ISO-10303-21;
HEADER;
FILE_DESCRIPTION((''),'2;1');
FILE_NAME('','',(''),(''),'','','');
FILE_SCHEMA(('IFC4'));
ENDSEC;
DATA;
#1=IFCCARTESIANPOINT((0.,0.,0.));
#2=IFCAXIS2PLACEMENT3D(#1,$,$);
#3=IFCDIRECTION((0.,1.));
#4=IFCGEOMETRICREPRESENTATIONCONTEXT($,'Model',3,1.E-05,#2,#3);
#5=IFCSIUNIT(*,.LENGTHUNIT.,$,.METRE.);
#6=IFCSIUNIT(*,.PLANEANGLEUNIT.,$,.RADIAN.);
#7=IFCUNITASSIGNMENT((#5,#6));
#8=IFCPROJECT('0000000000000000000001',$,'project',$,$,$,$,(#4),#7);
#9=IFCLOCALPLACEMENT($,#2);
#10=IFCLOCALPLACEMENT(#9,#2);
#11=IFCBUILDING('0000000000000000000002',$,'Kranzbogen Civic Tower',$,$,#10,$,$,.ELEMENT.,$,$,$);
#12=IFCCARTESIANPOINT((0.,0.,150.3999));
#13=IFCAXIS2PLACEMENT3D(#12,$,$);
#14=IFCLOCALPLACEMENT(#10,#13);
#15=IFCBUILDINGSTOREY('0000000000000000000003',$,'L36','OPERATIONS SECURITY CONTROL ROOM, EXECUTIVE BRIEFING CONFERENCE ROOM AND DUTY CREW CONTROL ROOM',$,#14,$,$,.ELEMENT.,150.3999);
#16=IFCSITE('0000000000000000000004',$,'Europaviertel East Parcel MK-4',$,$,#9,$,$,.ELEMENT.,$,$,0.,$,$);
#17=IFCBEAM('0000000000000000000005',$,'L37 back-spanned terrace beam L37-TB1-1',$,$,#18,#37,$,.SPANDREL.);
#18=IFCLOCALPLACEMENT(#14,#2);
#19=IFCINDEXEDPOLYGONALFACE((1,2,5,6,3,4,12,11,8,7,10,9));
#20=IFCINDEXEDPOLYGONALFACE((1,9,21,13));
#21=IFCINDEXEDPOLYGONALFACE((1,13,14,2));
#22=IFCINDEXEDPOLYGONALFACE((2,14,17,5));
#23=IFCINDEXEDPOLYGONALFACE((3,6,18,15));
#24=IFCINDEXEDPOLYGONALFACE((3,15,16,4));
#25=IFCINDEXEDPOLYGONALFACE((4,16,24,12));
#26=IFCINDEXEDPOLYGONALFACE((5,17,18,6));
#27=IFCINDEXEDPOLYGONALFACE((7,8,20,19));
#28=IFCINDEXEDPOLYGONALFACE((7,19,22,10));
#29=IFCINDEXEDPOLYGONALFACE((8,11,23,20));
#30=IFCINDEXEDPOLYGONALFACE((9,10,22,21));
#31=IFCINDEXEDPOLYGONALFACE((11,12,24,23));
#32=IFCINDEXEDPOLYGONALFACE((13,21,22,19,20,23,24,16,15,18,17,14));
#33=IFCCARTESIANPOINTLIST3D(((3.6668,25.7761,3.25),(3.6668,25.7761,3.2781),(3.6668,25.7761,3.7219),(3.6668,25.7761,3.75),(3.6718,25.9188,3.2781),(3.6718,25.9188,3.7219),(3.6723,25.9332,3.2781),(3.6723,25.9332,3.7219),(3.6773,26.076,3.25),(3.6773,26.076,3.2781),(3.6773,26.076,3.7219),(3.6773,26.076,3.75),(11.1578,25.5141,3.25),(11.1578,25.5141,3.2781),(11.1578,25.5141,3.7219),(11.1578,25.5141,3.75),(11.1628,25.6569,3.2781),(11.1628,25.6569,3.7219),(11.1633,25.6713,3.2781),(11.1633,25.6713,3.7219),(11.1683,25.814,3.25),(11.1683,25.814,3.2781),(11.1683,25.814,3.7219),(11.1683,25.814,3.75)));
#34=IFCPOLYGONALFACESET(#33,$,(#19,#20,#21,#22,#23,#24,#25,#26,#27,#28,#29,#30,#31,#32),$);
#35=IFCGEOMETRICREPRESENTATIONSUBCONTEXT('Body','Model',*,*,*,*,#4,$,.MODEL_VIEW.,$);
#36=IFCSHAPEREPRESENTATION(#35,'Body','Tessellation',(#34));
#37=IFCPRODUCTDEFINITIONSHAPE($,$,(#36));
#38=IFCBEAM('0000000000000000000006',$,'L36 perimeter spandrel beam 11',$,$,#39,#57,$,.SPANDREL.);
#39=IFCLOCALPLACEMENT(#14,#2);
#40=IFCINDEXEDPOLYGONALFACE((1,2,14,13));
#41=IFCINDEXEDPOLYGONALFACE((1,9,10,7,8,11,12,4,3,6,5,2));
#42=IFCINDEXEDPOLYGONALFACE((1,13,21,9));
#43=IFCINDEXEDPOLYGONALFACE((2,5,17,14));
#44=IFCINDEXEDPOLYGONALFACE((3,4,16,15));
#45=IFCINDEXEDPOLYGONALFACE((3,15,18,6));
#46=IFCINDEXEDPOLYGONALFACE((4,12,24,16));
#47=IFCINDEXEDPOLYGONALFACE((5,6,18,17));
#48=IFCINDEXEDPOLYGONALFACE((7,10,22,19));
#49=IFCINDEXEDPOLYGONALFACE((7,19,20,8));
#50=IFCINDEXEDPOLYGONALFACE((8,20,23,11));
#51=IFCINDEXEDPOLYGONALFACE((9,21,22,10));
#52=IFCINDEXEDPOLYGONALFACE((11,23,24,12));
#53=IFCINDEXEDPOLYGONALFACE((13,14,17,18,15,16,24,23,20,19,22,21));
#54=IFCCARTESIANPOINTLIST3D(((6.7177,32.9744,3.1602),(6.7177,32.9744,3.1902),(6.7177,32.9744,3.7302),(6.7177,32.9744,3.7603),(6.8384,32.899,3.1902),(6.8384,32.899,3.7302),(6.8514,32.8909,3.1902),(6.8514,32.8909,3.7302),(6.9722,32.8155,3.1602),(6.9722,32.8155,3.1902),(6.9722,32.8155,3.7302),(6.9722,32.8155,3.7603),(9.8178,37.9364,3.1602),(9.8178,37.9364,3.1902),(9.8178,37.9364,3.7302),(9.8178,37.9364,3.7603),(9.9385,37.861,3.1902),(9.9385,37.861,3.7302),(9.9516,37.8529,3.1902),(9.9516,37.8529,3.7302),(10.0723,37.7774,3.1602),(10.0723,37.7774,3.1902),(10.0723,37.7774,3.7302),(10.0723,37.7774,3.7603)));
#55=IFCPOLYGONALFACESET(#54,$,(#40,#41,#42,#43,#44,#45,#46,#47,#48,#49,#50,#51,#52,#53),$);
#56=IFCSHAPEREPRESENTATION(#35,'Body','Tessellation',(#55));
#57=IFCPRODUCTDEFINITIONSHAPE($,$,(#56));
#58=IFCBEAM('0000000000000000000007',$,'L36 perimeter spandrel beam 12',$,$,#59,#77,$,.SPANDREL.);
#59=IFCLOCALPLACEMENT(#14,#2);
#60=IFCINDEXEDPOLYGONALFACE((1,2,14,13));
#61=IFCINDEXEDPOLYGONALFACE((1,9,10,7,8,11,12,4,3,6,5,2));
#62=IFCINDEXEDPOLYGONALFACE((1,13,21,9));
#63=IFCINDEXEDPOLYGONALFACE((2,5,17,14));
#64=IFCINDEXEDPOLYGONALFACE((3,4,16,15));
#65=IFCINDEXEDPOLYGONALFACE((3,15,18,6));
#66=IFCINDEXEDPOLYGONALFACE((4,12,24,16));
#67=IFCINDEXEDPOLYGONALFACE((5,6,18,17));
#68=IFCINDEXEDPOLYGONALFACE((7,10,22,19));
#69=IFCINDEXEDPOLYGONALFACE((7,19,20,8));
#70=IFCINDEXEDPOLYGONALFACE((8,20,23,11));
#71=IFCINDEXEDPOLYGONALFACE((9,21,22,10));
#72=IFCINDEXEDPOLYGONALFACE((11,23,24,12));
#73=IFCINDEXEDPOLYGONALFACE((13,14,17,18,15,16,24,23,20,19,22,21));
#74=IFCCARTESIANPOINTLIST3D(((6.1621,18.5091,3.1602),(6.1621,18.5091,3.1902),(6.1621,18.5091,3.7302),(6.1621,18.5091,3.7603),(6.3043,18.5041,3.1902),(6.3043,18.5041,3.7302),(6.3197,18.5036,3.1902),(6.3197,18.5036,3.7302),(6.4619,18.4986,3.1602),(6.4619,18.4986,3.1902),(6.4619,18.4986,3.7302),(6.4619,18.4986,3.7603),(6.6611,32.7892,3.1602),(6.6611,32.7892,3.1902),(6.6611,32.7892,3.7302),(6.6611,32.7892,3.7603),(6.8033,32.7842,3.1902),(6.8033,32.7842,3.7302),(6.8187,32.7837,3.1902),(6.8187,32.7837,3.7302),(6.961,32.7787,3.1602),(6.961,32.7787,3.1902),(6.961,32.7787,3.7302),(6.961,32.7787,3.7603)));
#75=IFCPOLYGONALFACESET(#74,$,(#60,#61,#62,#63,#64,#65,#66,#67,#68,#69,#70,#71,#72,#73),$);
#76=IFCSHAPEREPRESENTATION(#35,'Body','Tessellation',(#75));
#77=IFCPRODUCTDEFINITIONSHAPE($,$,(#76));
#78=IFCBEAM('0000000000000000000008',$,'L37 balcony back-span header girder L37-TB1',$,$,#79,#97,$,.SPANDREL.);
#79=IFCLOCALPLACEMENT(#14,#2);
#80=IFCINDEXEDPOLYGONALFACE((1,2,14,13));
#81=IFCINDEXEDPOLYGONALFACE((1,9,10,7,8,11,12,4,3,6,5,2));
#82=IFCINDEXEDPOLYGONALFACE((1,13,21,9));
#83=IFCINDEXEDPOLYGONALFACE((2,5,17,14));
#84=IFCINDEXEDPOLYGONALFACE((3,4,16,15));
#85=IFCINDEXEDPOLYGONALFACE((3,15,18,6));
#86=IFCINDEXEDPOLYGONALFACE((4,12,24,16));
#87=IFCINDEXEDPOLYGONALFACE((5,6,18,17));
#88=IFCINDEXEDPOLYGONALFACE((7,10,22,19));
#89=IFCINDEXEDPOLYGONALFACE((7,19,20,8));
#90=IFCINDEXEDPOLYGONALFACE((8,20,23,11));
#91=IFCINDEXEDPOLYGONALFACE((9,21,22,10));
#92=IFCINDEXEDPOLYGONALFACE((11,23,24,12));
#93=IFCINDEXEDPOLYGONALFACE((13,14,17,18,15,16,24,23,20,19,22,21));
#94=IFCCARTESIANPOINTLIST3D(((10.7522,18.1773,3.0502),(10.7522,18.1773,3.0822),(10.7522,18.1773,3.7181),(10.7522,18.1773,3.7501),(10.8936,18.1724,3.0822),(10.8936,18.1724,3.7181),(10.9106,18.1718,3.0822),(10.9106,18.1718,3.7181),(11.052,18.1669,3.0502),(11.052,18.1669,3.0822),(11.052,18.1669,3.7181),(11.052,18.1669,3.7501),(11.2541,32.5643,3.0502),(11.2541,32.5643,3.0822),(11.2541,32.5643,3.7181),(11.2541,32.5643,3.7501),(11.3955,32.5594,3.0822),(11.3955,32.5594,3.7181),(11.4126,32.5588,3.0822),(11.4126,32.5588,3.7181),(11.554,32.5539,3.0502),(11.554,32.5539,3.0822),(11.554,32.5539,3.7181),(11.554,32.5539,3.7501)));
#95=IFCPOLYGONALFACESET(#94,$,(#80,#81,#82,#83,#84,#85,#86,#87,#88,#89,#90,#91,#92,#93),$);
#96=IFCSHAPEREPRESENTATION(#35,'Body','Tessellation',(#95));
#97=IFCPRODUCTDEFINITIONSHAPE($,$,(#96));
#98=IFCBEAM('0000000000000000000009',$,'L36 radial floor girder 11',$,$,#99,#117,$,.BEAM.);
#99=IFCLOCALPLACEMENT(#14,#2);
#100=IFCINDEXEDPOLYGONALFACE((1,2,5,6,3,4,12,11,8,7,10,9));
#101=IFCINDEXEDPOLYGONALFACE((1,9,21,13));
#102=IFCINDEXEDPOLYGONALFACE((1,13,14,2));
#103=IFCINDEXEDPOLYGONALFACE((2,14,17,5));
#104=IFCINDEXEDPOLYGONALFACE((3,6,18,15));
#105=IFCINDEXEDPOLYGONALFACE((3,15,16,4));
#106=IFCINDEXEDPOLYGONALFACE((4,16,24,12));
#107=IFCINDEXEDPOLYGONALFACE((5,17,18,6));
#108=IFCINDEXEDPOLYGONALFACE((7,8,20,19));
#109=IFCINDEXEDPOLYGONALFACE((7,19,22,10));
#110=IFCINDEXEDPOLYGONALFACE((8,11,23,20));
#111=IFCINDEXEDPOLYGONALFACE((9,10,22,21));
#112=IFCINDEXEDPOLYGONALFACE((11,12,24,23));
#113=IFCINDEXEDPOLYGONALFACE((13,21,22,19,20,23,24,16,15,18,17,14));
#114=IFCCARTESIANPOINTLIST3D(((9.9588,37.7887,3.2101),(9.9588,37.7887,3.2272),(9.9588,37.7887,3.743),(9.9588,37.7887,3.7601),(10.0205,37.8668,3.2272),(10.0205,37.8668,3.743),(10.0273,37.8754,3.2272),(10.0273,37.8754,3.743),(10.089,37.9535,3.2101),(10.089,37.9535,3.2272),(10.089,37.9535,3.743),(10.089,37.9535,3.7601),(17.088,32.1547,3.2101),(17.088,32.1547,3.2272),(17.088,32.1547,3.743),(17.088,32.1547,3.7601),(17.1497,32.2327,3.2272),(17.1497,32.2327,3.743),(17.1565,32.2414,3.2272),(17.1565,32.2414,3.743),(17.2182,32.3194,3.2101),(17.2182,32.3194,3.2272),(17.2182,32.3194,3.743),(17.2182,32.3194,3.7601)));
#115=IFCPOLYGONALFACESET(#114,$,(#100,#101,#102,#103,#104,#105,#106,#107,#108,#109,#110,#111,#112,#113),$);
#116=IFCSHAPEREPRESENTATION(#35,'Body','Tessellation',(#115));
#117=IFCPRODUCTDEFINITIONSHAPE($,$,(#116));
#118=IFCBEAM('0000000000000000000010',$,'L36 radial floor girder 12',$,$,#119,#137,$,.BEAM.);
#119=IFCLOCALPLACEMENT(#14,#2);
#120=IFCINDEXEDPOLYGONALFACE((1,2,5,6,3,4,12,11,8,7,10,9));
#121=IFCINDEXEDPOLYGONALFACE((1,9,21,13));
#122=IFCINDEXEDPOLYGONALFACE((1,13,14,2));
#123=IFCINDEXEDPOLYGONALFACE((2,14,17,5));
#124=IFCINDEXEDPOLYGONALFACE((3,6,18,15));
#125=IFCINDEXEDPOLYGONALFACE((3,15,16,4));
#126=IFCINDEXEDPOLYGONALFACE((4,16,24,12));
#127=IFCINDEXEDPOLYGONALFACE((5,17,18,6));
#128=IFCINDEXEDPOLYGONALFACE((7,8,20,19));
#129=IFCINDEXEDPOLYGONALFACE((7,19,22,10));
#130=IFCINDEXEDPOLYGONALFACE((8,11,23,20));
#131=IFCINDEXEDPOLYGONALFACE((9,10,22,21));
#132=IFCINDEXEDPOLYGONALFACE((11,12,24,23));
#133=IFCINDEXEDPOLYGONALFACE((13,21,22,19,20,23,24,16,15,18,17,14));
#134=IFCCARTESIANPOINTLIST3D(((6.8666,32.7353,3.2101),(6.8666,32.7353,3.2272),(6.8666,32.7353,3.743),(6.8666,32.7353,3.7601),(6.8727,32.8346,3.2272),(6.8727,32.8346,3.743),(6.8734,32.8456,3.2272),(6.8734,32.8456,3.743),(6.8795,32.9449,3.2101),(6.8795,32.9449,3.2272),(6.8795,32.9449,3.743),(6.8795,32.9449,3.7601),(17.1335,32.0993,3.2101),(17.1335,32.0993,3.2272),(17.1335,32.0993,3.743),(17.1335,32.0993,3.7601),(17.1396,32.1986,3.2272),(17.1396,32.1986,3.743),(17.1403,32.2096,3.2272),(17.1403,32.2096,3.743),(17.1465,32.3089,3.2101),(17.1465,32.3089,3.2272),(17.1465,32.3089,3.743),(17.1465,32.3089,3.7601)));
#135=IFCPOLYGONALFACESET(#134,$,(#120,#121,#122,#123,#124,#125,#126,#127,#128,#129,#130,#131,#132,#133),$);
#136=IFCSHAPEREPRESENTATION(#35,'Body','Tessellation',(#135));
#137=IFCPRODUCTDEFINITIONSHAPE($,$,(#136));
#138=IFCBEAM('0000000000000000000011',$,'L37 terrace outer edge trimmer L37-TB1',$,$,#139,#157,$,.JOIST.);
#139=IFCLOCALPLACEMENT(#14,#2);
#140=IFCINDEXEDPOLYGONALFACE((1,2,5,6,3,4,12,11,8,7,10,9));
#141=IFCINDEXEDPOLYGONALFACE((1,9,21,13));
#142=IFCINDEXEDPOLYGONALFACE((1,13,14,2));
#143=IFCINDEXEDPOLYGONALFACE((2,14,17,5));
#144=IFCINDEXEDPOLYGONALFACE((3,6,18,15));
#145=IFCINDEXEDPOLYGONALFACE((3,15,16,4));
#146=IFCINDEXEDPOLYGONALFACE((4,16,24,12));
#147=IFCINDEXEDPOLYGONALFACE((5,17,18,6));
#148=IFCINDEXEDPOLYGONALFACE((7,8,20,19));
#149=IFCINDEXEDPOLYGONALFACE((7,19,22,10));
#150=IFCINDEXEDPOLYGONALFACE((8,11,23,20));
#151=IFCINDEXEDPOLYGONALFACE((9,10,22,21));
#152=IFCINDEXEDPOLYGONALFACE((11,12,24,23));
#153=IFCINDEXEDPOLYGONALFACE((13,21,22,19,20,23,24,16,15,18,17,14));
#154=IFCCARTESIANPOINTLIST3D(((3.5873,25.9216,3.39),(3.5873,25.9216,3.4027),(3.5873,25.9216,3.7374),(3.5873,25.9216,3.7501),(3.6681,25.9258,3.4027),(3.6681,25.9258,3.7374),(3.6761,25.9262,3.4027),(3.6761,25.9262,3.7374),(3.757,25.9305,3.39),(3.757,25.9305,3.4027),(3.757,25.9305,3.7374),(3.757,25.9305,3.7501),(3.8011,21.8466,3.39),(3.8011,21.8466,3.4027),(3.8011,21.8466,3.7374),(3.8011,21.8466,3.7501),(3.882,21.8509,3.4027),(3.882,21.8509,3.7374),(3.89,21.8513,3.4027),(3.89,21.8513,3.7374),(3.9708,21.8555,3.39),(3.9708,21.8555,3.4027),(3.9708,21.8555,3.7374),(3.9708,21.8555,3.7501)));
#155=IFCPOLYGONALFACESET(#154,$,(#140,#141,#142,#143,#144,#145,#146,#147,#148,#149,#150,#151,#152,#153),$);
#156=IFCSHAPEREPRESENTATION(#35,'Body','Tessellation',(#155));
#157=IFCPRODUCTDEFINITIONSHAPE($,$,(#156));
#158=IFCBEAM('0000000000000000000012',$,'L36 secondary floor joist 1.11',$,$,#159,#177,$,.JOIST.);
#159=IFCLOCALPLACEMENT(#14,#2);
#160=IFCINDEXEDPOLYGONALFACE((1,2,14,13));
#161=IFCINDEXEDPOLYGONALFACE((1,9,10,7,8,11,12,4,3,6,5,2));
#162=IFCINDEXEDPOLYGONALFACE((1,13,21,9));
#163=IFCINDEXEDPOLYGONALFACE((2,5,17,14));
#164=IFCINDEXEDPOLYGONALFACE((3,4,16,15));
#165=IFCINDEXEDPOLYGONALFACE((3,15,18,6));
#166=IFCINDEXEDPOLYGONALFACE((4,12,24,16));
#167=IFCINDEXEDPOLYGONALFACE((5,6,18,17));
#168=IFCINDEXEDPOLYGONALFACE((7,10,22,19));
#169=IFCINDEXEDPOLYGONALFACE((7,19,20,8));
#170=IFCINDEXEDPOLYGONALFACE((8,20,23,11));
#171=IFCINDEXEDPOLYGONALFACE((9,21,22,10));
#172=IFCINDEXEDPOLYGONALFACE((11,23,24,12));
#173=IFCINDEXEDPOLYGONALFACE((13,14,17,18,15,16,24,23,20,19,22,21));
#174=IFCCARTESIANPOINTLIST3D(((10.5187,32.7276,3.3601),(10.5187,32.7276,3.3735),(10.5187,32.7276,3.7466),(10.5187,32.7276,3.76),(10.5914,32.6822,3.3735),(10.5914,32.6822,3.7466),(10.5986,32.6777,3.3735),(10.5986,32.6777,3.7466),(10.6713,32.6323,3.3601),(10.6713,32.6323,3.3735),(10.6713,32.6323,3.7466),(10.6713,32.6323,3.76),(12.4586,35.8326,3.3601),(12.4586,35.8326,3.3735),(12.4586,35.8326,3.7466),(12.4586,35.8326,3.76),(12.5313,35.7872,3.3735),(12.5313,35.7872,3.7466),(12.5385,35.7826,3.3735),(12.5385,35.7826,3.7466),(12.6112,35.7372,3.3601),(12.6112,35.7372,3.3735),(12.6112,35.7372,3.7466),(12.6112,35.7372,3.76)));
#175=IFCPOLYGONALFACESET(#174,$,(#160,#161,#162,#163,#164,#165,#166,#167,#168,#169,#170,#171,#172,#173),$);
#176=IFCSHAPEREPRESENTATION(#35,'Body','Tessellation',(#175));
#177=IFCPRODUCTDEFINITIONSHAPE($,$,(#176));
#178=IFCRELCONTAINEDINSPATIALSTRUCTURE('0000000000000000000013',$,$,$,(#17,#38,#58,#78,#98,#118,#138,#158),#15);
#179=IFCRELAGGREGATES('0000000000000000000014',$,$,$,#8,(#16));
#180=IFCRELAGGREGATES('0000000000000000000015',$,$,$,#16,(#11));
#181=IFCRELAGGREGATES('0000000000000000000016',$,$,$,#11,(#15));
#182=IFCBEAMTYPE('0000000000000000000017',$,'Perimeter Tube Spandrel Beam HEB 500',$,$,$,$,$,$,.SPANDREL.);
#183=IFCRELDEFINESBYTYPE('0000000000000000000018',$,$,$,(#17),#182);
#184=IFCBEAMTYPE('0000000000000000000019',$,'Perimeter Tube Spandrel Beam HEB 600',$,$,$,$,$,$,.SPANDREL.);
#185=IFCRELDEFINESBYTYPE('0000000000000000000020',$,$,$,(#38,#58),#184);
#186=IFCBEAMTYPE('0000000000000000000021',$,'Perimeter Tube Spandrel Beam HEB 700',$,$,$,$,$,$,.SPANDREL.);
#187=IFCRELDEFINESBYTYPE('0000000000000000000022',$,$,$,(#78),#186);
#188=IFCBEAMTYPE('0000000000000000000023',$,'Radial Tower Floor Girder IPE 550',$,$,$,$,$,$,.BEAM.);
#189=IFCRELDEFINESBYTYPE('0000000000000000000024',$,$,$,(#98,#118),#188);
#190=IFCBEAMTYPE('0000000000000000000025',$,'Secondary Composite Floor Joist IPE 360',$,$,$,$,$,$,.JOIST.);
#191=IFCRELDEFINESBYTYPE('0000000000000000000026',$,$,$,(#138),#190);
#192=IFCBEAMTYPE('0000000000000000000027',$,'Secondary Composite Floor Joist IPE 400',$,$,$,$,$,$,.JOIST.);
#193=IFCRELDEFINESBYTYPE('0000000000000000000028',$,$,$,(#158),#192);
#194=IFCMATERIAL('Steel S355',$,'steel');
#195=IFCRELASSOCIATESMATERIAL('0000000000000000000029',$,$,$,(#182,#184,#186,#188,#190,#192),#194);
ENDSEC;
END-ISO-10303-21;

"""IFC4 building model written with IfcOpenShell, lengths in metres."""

from ifc_helpers import new_model, si_unit, direction, frame, origin, origin_2d, place, context, subcontext, project, spatial, i_section, extrude, material, material_profile, profile_set, type_object, element, save


model = new_model("IFC4")

# Units and contexts
model_context = context("Model", 3, precision=1e-05, world=origin(), true_north=direction((0.0, 1.0)))
body_context = subcontext(model_context, "Body", "Model", "MODEL_VIEW")
ifc_project = project(units=[si_unit("LENGTHUNIT", "METRE"), si_unit("PLANEANGLEUNIT", "RADIAN")], contexts=[model_context])

# Site, building, storey
site_placement = place(None, origin())
site = spatial("IfcSite", under=ifc_project, at=site_placement, Name="Europaviertel East Parcel MK-4", CompositionType="ELEMENT", RefElevation=0.0)
building_placement = place(site_placement, origin())
building = spatial("IfcBuilding", under=site, at=building_placement, Name="Kranzbogen Civic Tower", CompositionType="ELEMENT")
storey_placement = place(building_placement, frame((0.0, 0.0, 150.3999)))
storey = spatial("IfcBuildingStorey", under=building, at=storey_placement, Name="L36", Description="OPERATIONS SECURITY CONTROL ROOM, EXECUTIVE BRIEFING CONFERENCE ROOM AND DUTY CREW CONTROL ROOM", CompositionType="ELEMENT", Elevation=150.3999)

# Shared definitions
ifc_material_1 = material(Name="Steel S355", Category="steel")

# Beams
ifc_material_profile_1 = material_profile(ifc_material_1, i_section(OverallWidth=0.3, OverallDepth=0.5, WebThickness=0.0144, FlangeThickness=0.0281, at=origin_2d()), Name="HEB 500")
ifc_profile_set_1 = profile_set([ifc_material_profile_1], Name="Steel S355")
beam_type_1 = type_object("IfcBeamType", Name="Perimeter Tube Spandrel Beam HEB 500", PredefinedType="SPANDREL", material=ifc_profile_set_1)
beam_1_placement = place(storey_placement, frame((11.1631, 25.6641, 3.5), z_axis=(-0.999389, 0.034949, 0.0), x_axis=(-0.034949, -0.999389, 0.0)))
element("IfcBeam", 1, at=beam_1_placement, inside=storey, type_object=beam_type_1, Name="L37 back-spanned terrace beam L37-TB1-1", PredefinedType="SPANDREL", context=body_context, shape_type="SweptSolid", body=[
    extrude(i_section(OverallWidth=0.3, OverallDepth=0.5, WebThickness=0.0144, FlangeThickness=0.0281, at=origin_2d()), origin(), (0.0, 0.0, 1.0), 7.4956),
])
ifc_material_profile_2 = material_profile(ifc_material_1, i_section(OverallWidth=0.3, OverallDepth=0.6001, WebThickness=0.0154, FlangeThickness=0.03, at=origin_2d()), Name="HEB 600")
ifc_profile_set_2 = profile_set([ifc_material_profile_2], Name="Steel S355")
beam_type_2 = type_object("IfcBeamType", Name="Perimeter Tube Spandrel Beam HEB 600", PredefinedType="SPANDREL", material=ifc_profile_set_2)
beam_2_placement = place(storey_placement, frame((9.9451, 37.8569, 3.4602), z_axis=(-0.529864, -0.848083, 0.0), x_axis=(0.848083, -0.529864, 0.0)))
element("IfcBeam", 2, at=beam_2_placement, inside=storey, type_object=beam_type_2, Name="L36 perimeter spandrel beam 11", PredefinedType="SPANDREL", context=body_context, shape_type="SweptSolid", body=[
    extrude(i_section(OverallWidth=0.3, OverallDepth=0.6001, WebThickness=0.0154, FlangeThickness=0.03, at=origin_2d()), origin(), (0.0, 0.0, 1.0), 5.8508),
])
beam_3_placement = place(storey_placement, frame((6.811, 32.7839, 3.4602), z_axis=(-0.034924, -0.99939, 0.0), x_axis=(0.99939, -0.034924, 0.0)))
element("IfcBeam", 3, at=beam_3_placement, inside=storey, type_object=beam_type_2, Name="L36 perimeter spandrel beam 12", PredefinedType="SPANDREL", context=body_context, shape_type="SweptSolid", body=[
    extrude(i_section(OverallWidth=0.3, OverallDepth=0.6001, WebThickness=0.0154, FlangeThickness=0.03, at=origin_2d()), origin(), (0.0, 0.0, 1.0), 14.2888),
])
ifc_material_profile_3 = material_profile(ifc_material_1, i_section(OverallWidth=0.3, OverallDepth=0.7, WebThickness=0.0171, FlangeThickness=0.032, at=origin_2d()), Name="HEB 700")
ifc_profile_set_3 = profile_set([ifc_material_profile_3], Name="Steel S355")
beam_type_3 = type_object("IfcBeamType", Name="Perimeter Tube Spandrel Beam HEB 700", PredefinedType="SPANDREL", material=ifc_profile_set_3)
beam_4_placement = place(storey_placement, frame((11.4041, 32.5591, 3.4001), z_axis=(-0.034868, -0.999392, 0.0), x_axis=(0.999392, -0.034868, 0.0)))
element("IfcBeam", 4, at=beam_4_placement, inside=storey, type_object=beam_type_3, Name="L37 balcony back-span header girder L37-TB1", PredefinedType="SPANDREL", context=body_context, shape_type="SweptSolid", body=[
    extrude(i_section(OverallWidth=0.3, OverallDepth=0.7, WebThickness=0.0171, FlangeThickness=0.032, at=origin_2d()), origin(), (0.0, 0.0, 1.0), 14.3958),
])
ifc_material_profile_4 = material_profile(ifc_material_1, i_section(OverallWidth=0.21, OverallDepth=0.55, WebThickness=0.011, FlangeThickness=0.0171, at=origin_2d()), Name="IPE 550")
ifc_profile_set_4 = profile_set([ifc_material_profile_4], Name="Steel S355")
beam_type_4 = type_object("IfcBeamType", Name="Radial Tower Floor Girder IPE 550", PredefinedType="BEAM", material=ifc_profile_set_4)
beam_5_placement = place(storey_placement, frame((10.0239, 37.8711, 3.4851), z_axis=(0.784575, -0.620034, 0.0), x_axis=(0.620034, 0.784575, 0.0)))
element("IfcBeam", 5, at=beam_5_placement, inside=storey, type_object=beam_type_4, Name="L36 radial floor girder 11", PredefinedType="BEAM", context=body_context, shape_type="SweptSolid", body=[
    extrude(i_section(OverallWidth=0.21, OverallDepth=0.55, WebThickness=0.011, FlangeThickness=0.0171, at=origin_2d()), origin(), (0.0, 0.0, 1.0), 9.0867),
])
beam_6_placement = place(storey_placement, frame((6.873, 32.8401, 3.4851), z_axis=(0.998087, -0.061827, 0.0), x_axis=(0.061827, 0.998087, 0.0)))
element("IfcBeam", 6, at=beam_6_placement, inside=storey, type_object=beam_type_4, Name="L36 radial floor girder 12", PredefinedType="BEAM", context=body_context, shape_type="SweptSolid", body=[
    extrude(i_section(OverallWidth=0.21, OverallDepth=0.55, WebThickness=0.011, FlangeThickness=0.0171, at=origin_2d()), origin(), (0.0, 0.0, 1.0), 10.2866),
])
ifc_material_profile_5 = material_profile(ifc_material_1, i_section(OverallWidth=0.1699, OverallDepth=0.3601, WebThickness=0.0081, FlangeThickness=0.0127, at=origin_2d()), Name="IPE 360")
ifc_profile_set_5 = profile_set([ifc_material_profile_5], Name="Steel S355")
beam_type_5 = type_object("IfcBeamType", Name="Secondary Composite Floor Joist IPE 360", PredefinedType="JOIST", material=ifc_profile_set_5)
beam_7_placement = place(storey_placement, frame((3.6721, 25.926, 3.5701), z_axis=(0.052411, -0.998626, 0.0), x_axis=(0.998626, 0.052411, 0.0)))
element("IfcBeam", 7, at=beam_7_placement, inside=storey, type_object=beam_type_5, Name="L37 terrace outer edge trimmer L37-TB1", PredefinedType="JOIST", context=body_context, shape_type="SweptSolid", body=[
    extrude(i_section(OverallWidth=0.1699, OverallDepth=0.3601, WebThickness=0.0081, FlangeThickness=0.0127, at=origin_2d()), origin(), (0.0, 0.0, 1.0), 4.0806),
])
ifc_material_profile_6 = material_profile(ifc_material_1, i_section(OverallWidth=0.1799, OverallDepth=0.3999, WebThickness=0.0085, FlangeThickness=0.0134, at=origin_2d()), Name="IPE 400")
ifc_profile_set_6 = profile_set([ifc_material_profile_6], Name="Steel S355")
beam_type_6 = type_object("IfcBeamType", Name="Secondary Composite Floor Joist IPE 400", PredefinedType="JOIST", material=ifc_profile_set_6)
beam_8_placement = place(storey_placement, frame((12.5349, 35.7849, 3.5601), z_axis=(-0.529867, -0.848081, 0.0), x_axis=(0.848081, -0.529867, 0.0)))
element("IfcBeam", 8, at=beam_8_placement, inside=storey, type_object=beam_type_6, Name="L36 secondary floor joist 1.11", PredefinedType="JOIST", context=body_context, shape_type="SweptSolid", body=[
    extrude(i_section(OverallWidth=0.1799, OverallDepth=0.3999, WebThickness=0.0085, FlangeThickness=0.0134, at=origin_2d()), origin(), (0.0, 0.0, 1.0), 3.6611),
])

save(model, "model.ifc")
